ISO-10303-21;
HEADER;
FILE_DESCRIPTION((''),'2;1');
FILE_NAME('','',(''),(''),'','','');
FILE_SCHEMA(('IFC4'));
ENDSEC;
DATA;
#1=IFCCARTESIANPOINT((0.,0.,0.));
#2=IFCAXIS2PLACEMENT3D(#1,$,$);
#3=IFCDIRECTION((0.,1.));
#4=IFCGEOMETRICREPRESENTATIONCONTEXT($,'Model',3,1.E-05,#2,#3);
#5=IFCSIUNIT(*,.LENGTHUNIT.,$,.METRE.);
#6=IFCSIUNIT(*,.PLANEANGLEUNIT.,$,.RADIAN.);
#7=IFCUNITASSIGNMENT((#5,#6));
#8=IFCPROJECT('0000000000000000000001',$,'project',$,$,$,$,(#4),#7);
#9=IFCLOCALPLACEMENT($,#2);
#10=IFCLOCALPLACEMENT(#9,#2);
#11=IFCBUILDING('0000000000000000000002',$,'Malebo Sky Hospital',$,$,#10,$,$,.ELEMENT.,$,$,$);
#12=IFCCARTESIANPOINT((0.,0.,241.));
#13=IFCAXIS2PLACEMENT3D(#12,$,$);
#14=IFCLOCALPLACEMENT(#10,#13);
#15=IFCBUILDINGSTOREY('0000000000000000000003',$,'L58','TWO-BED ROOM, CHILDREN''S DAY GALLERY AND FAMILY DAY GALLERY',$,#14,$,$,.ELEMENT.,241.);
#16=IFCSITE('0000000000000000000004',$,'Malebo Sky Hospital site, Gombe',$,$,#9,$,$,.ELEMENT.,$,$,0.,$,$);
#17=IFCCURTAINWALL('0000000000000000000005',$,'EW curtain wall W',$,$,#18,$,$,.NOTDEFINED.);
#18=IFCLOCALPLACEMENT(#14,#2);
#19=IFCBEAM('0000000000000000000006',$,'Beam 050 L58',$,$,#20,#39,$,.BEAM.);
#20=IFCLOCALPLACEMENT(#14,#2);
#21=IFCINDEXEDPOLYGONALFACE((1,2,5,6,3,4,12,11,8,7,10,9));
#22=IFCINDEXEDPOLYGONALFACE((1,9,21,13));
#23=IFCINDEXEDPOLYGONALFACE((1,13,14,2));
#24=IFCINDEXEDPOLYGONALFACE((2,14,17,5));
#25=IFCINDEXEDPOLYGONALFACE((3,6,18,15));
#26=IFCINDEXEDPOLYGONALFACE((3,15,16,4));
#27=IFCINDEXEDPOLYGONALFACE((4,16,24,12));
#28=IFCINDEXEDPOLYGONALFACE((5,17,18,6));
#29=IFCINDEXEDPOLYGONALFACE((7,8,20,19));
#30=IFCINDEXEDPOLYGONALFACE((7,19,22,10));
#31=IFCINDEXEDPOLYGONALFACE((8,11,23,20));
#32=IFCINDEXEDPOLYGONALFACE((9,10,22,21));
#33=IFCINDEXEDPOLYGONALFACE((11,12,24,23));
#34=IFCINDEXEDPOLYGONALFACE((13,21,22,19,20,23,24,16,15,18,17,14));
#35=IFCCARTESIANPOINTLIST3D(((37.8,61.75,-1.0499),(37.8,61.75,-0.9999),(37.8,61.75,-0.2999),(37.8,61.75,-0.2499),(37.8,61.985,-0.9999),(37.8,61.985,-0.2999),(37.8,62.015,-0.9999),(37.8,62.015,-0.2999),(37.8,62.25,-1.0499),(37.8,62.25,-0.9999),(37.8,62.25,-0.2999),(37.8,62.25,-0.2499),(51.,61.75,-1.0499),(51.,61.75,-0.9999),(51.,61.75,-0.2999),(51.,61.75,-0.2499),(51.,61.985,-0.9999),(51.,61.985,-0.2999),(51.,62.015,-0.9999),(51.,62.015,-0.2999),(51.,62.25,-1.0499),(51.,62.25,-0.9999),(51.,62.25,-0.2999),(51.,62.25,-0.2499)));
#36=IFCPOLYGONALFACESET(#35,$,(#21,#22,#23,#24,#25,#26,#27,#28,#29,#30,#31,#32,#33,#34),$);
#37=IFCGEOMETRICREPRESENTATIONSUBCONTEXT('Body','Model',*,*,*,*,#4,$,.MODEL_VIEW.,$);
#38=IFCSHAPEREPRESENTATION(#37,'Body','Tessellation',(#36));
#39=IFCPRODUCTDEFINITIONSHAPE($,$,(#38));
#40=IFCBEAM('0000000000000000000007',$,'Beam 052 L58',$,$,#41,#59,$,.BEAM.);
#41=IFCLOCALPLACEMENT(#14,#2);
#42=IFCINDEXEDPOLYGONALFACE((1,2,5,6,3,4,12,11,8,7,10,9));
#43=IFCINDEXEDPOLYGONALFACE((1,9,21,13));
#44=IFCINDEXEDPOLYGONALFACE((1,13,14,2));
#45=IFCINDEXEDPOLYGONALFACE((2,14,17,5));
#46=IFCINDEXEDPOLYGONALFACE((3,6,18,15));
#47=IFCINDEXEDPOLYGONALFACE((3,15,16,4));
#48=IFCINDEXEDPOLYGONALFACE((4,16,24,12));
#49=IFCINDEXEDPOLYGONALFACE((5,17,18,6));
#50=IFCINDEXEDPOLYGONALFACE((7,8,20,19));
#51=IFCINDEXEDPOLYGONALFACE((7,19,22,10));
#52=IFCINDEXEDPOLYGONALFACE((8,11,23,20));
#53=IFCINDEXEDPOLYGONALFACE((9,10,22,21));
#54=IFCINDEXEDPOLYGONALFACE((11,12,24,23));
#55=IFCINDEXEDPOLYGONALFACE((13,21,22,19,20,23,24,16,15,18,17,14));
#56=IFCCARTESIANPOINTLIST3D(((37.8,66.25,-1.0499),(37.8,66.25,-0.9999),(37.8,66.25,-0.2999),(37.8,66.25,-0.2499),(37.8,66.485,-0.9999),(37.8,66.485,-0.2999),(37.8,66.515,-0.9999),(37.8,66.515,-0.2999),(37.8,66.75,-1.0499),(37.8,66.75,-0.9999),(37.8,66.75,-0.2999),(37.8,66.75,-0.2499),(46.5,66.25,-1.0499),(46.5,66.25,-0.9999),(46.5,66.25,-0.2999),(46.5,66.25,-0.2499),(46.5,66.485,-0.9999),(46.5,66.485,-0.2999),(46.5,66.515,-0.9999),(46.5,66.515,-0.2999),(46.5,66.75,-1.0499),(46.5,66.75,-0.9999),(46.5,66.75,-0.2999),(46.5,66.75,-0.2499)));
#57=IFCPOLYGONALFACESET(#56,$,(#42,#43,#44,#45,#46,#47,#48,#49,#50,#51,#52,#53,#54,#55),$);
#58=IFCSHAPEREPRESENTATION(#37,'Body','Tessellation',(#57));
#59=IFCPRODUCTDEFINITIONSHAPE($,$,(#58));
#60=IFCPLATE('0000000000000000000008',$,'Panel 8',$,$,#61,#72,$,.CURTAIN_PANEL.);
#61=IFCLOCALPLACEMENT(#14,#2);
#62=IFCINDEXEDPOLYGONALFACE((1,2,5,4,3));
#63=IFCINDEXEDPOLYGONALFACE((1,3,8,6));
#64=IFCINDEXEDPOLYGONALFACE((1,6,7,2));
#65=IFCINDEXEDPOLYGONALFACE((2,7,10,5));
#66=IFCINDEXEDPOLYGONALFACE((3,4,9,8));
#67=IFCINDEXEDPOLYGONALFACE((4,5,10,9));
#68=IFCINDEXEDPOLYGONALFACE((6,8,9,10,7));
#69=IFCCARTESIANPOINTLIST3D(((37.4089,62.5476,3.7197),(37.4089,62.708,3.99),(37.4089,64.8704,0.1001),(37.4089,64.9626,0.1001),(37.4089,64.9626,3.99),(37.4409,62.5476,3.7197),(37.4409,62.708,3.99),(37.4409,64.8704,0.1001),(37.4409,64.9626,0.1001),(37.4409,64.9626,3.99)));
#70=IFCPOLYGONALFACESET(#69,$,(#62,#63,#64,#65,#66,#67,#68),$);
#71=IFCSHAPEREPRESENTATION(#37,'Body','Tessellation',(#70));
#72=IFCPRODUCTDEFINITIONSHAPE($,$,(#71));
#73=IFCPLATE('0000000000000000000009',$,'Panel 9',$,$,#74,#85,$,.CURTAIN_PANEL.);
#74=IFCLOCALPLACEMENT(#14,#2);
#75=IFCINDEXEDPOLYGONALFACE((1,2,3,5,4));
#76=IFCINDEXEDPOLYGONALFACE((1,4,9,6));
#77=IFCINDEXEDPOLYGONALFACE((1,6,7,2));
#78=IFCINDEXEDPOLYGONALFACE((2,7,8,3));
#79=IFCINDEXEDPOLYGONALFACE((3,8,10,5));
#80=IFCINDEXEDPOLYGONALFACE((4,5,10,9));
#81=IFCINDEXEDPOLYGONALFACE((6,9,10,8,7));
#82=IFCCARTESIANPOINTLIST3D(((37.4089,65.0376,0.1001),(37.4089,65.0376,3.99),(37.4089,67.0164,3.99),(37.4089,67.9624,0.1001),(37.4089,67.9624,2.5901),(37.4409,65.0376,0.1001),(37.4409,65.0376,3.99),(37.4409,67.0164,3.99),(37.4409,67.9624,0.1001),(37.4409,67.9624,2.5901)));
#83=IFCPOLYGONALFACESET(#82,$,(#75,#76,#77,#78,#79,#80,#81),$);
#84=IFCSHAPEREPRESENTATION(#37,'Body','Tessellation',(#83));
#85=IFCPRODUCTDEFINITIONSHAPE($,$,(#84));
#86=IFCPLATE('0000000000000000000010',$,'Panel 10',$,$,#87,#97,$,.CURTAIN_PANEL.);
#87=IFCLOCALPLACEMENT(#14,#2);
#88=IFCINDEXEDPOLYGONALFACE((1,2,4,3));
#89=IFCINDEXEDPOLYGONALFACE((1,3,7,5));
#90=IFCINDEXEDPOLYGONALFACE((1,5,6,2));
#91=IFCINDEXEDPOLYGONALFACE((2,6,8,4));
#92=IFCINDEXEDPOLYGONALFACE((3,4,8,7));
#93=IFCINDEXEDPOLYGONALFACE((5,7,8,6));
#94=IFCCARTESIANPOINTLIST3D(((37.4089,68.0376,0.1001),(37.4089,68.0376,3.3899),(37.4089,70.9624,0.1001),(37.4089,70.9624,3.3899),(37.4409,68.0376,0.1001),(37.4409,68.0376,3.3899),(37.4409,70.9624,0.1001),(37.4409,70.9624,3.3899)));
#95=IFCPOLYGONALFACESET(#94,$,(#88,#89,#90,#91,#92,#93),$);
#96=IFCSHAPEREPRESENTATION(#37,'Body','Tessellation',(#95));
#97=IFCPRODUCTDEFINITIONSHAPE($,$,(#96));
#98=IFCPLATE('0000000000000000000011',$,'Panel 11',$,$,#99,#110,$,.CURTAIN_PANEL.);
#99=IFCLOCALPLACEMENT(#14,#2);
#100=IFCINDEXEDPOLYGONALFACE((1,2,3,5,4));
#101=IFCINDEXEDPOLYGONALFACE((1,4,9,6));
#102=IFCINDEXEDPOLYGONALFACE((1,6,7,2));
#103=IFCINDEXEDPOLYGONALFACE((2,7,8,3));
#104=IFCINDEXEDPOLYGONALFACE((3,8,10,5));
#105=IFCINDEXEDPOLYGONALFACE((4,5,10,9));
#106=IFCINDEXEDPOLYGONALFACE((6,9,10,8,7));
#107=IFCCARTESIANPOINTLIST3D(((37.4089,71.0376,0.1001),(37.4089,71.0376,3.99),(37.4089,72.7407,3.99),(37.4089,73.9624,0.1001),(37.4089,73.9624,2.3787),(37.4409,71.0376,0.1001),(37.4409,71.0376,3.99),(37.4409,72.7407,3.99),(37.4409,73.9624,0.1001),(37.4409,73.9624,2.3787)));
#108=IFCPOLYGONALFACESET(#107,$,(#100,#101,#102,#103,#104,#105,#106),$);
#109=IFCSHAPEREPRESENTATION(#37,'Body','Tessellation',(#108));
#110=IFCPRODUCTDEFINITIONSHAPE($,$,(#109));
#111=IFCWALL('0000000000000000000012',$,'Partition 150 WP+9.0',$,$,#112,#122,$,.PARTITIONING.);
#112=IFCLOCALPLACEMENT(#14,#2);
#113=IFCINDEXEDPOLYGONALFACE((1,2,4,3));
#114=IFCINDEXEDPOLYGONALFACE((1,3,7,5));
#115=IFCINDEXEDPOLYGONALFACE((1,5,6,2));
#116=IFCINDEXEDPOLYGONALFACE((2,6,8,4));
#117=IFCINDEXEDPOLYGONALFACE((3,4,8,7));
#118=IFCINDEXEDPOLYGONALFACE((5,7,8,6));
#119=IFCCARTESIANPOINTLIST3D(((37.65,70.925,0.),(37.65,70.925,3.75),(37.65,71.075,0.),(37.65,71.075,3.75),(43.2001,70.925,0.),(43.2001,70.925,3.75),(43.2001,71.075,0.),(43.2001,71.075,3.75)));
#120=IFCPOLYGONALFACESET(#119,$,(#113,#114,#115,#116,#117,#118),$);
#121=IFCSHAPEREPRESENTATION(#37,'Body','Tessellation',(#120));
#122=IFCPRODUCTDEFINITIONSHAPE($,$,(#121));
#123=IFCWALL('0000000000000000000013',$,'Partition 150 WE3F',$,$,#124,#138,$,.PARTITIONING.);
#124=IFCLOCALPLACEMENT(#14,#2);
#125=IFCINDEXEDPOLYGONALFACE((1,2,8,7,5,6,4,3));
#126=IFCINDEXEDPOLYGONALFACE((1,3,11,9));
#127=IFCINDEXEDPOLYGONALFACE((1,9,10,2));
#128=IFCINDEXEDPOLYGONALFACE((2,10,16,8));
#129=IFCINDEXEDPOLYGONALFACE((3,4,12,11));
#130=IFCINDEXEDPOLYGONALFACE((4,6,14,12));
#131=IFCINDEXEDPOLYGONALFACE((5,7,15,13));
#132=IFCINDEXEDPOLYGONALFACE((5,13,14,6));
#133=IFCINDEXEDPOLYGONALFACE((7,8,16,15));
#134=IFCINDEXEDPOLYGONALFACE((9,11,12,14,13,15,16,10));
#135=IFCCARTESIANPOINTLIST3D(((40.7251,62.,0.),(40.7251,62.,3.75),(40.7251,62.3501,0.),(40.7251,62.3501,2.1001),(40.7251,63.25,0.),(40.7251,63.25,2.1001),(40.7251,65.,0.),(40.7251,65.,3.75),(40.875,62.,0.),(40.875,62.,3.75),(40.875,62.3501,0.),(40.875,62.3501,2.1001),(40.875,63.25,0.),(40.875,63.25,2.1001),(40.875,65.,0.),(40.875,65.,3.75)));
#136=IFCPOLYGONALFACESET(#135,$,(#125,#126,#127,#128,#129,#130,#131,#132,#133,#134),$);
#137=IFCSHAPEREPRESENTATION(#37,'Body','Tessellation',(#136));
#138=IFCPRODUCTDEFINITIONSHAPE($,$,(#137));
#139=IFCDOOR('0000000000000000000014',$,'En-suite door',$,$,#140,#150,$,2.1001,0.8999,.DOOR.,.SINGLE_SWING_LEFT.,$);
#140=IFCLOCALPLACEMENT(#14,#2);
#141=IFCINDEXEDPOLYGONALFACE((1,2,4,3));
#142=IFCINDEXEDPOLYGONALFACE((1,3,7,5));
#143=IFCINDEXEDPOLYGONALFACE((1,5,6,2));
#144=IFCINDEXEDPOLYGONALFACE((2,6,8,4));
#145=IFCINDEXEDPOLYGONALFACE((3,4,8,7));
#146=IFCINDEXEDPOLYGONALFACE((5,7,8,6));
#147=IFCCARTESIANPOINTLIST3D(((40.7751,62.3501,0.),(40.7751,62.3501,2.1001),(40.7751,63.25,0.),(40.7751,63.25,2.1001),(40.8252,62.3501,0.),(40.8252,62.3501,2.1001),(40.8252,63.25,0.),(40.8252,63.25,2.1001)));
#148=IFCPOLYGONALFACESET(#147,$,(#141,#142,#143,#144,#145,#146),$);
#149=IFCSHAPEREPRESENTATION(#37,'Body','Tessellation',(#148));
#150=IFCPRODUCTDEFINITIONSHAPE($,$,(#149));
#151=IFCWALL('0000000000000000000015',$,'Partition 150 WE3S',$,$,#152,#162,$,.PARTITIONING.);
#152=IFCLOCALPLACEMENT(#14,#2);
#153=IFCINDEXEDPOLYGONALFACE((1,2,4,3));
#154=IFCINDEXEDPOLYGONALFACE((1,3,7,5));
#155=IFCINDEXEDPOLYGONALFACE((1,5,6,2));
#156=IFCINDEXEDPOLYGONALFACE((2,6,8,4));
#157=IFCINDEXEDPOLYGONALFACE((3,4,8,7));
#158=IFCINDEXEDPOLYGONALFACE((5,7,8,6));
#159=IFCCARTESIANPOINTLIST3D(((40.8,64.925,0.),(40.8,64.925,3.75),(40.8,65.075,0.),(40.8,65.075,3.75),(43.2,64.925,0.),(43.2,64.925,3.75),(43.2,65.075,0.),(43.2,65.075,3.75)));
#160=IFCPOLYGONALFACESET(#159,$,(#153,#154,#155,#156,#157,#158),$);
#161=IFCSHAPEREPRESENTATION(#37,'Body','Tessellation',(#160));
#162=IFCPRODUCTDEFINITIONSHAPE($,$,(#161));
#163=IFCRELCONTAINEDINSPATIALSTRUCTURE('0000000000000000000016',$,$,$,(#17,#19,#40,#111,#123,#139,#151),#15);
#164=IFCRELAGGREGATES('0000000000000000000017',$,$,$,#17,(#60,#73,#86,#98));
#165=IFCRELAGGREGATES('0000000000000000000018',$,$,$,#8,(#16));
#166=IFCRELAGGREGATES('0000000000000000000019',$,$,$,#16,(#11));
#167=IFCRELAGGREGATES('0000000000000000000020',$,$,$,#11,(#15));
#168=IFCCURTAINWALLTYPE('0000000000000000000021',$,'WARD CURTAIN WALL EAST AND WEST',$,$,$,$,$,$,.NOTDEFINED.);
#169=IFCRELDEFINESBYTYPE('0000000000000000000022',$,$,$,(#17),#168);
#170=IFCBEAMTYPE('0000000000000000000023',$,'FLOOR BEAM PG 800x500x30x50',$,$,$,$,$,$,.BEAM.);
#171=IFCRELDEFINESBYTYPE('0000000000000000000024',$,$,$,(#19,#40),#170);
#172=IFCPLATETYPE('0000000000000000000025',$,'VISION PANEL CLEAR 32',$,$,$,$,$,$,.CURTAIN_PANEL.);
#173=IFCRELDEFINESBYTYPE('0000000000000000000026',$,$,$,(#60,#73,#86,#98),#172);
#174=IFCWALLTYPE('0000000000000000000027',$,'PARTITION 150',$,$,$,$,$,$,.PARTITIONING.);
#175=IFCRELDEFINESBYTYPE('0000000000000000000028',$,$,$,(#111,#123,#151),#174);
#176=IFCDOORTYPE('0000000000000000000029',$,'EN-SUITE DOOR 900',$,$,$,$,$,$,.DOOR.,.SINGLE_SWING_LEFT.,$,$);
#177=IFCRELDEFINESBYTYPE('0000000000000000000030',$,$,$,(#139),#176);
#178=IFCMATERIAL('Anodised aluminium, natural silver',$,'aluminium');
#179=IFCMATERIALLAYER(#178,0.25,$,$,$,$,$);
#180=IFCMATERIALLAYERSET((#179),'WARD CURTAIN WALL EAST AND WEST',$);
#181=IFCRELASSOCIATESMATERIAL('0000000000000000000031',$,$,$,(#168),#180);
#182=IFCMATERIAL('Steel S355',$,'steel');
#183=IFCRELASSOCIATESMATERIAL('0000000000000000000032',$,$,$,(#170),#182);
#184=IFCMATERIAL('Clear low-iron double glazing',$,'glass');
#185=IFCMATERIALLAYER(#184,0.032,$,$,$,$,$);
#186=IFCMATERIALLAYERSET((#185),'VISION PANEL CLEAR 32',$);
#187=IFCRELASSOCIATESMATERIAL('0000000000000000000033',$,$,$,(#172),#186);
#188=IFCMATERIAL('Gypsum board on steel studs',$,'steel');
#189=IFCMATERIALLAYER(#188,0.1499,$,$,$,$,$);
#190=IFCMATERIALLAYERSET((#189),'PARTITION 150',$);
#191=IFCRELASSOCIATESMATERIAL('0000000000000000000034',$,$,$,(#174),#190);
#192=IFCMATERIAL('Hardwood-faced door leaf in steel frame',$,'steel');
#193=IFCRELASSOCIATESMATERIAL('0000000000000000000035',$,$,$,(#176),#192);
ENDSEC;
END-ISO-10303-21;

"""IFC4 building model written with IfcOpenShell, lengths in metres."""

from ifc_helpers import new_model, si_unit, direction, frame, frame_2d, origin, origin_2d, place, context, subcontext, project, spatial, polyline, rectangle, i_section, outline, extrude, material, layer, layer_set, material_profile, profile_set, type_object, element, fill, aggregate, save


model = new_model("IFC4")

# Units and contexts
model_context = context("Model", 3, precision=1e-05, world=origin(), true_north=direction((0.0, 1.0)))
body_context = subcontext(model_context, "Body", "Model", "MODEL_VIEW")
ifc_project = project(units=[si_unit("LENGTHUNIT", "METRE"), si_unit("PLANEANGLEUNIT", "RADIAN")], contexts=[model_context])

# Site, building, storey
site_placement = place(None, origin())
site = spatial("IfcSite", under=ifc_project, at=site_placement, Name="Malebo Sky Hospital site, Gombe", CompositionType="ELEMENT", RefElevation=0.0)
building_placement = place(site_placement, origin())
building = spatial("IfcBuilding", under=site, at=building_placement, Name="Malebo Sky Hospital", CompositionType="ELEMENT")
storey_placement = place(building_placement, frame((0.0, 0.0, 241.0)))
storey = spatial("IfcBuildingStorey", under=building, at=storey_placement, Name="L58", Description="TWO-BED ROOM, CHILDREN'S DAY GALLERY AND FAMILY DAY GALLERY", CompositionType="ELEMENT", Elevation=241.0)

# Curtain wall
ifc_material_1 = material(Name="Anodised aluminium, natural silver", Category="aluminium")
ifc_layer_1 = layer(ifc_material_1, 0.25)
ifc_layer_set_1 = layer_set([ifc_layer_1], Name="WARD CURTAIN WALL EAST AND WEST")
curtain_wall_type = type_object("IfcCurtainWallType", Name="WARD CURTAIN WALL EAST AND WEST", PredefinedType="NOTDEFINED", material=ifc_layer_set_1)
curtain_wall_placement = place(storey_placement, origin())
curtain_wall = element("IfcCurtainWall", 1, at=curtain_wall_placement, inside=storey, type_object=curtain_wall_type, Name="EW curtain wall W", PredefinedType="NOTDEFINED")

# Shared definitions
ifc_material_2 = material(Name="Steel S355", Category="steel")

# Beams
ifc_material_profile_1 = material_profile(ifc_material_2, i_section(OverallWidth=0.5, OverallDepth=0.8, WebThickness=0.03, FlangeThickness=0.05, at=origin_2d()), Name="PG 800x500x30x50")
ifc_profile_set_1 = profile_set([ifc_material_profile_1], Name="Steel S355")
beam_type_1 = type_object("IfcBeamType", Name="FLOOR BEAM PG 800x500x30x50", PredefinedType="BEAM", material=ifc_profile_set_1)
beam_1_placement = place(storey_placement, frame((37.8, 62.0, -0.6499), z_axis=(1.0, 0.0, 0.0), x_axis=(0.0, 1.0, 0.0)))
element("IfcBeam", 2, at=beam_1_placement, inside=storey, type_object=beam_type_1, Name="Beam 050 L58", PredefinedType="BEAM", context=body_context, shape_type="SweptSolid", body=[
    extrude(i_section(OverallWidth=0.5, OverallDepth=0.8, WebThickness=0.03, FlangeThickness=0.05, at=origin_2d()), origin(), (0.0, 0.0, 1.0), 13.2),
])
beam_2_placement = place(storey_placement, frame((37.8, 66.5, -0.6499), z_axis=(1.0, 0.0, 0.0), x_axis=(0.0, 1.0, 0.0)))
element("IfcBeam", 3, at=beam_2_placement, inside=storey, type_object=beam_type_1, Name="Beam 052 L58", PredefinedType="BEAM", context=body_context, shape_type="SweptSolid", body=[
    extrude(i_section(OverallWidth=0.5, OverallDepth=0.8, WebThickness=0.03, FlangeThickness=0.05, at=origin_2d()), origin(), (0.0, 0.0, 1.0), 8.7),
])

# Plates
ifc_material_3 = material(Name="Clear low-iron double glazing", Category="glass")
ifc_layer_2 = layer(ifc_material_3, 0.032)
ifc_layer_set_2 = layer_set([ifc_layer_2], Name="VISION PANEL CLEAR 32")
plate_type = type_object("IfcPlateType", Name="VISION PANEL CLEAR 32", PredefinedType="CURTAIN_PANEL", material=ifc_layer_set_2)
plate_1_placement = place(storey_placement, frame((37.425, 63.7551, 0.1001), z_axis=(0.0, 0.0, 1.0), x_axis=(0.0, 1.0, 0.0)))
plate_1 = element("IfcPlate", 4, at=plate_1_placement, type_object=plate_type, Name="Panel 8", PredefinedType="CURTAIN_PANEL", context=body_context, shape_type="SweptSolid", body=[
    extrude(outline(polyline([(1.1152, 0.0), (1.2075, 0.0), (1.2075, 3.8899), (-1.0471, 3.8899), (-1.2075, 3.6196), (1.1152, 0.0)])), frame((0.0, 0.0161, 0.0), z_axis=(0.0, -1.0, 0.0), x_axis=(1.0, 0.0, 0.0)), (0.0, 0.0, 1.0), 0.032),
])
plate_2_placement = place(storey_placement, frame((37.425, 66.5, 0.1001), z_axis=(0.0, 0.0, 1.0), x_axis=(0.0, 1.0, 0.0)))
plate_2 = element("IfcPlate", 5, at=plate_2_placement, type_object=plate_type, Name="Panel 9", PredefinedType="CURTAIN_PANEL", context=body_context, shape_type="SweptSolid", body=[
    extrude(outline(polyline([(-1.4624, 0.0), (1.4624, 0.0), (1.4624, 2.49), (0.5164, 3.8899), (-1.4624, 3.8899), (-1.4624, 0.0)])), frame((0.0, 0.0161, 0.0), z_axis=(0.0, -1.0, 0.0), x_axis=(1.0, 0.0, 0.0)), (0.0, 0.0, 1.0), 0.032),
])
plate_3_placement = place(storey_placement, frame((37.425, 69.5, 0.1001), z_axis=(0.0, 0.0, 1.0), x_axis=(0.0, 1.0, 0.0)))
plate_3 = element("IfcPlate", 6, at=plate_3_placement, type_object=plate_type, Name="Panel 10", PredefinedType="CURTAIN_PANEL", context=body_context, shape_type="SweptSolid", body=[
    extrude(outline(polyline([(-1.4624, 0.0), (1.4624, 0.0), (1.4624, 3.2898), (-1.4624, 3.2898), (-1.4624, 0.0)])), frame((0.0, 0.0161, 0.0), z_axis=(0.0, -1.0, 0.0), x_axis=(1.0, 0.0, 0.0)), (0.0, 0.0, 1.0), 0.032),
])
plate_4_placement = place(storey_placement, frame((37.425, 72.5, 0.1001), z_axis=(0.0, 0.0, 1.0), x_axis=(0.0, 1.0, 0.0)))
plate_4 = element("IfcPlate", 7, at=plate_4_placement, type_object=plate_type, Name="Panel 11", PredefinedType="CURTAIN_PANEL", context=body_context, shape_type="SweptSolid", body=[
    extrude(outline(polyline([(-1.4624, 0.0), (1.4624, 0.0), (1.4624, 2.2786), (0.2407, 3.8899), (-1.4624, 3.8899), (-1.4624, 0.0)])), frame((0.0, 0.0161, 0.0), z_axis=(0.0, -1.0, 0.0), x_axis=(1.0, 0.0, 0.0)), (0.0, 0.0, 1.0), 0.032),
])
aggregate(curtain_wall, [plate_1, plate_2, plate_3, plate_4])

# Wall
ifc_material_4 = material(Name="Gypsum board on steel studs", Category="steel")
ifc_layer_3 = layer(ifc_material_4, 0.1499)
ifc_layer_set_3 = layer_set([ifc_layer_3], Name="PARTITION 150")
wall_type_1 = type_object("IfcWallType", Name="PARTITION 150", PredefinedType="PARTITIONING", material=ifc_layer_set_3)
wall_1_placement = place(storey_placement, frame((43.2, 71.0, 0.0), z_axis=(0.0, 0.0, 1.0), x_axis=(-1.0, 0.0, 0.0)))
element("IfcWall", 8, at=wall_1_placement, inside=storey, type_object=wall_type_1, Name="Partition 150 WP+9.0", PredefinedType="PARTITIONING", context=body_context, shape_type="SweptSolid", body=[
    extrude(rectangle(XDim=5.55, YDim=0.1499, at=frame_2d((2.7749, 0.0))), origin(), (0.0, 0.0, 1.0), 3.75),
])

# Wall, opening, door
wall_2_placement = place(storey_placement, frame((40.8, 62.0, 0.0), z_axis=(0.0, 0.0, 1.0), x_axis=(0.0, 1.0, 0.0)))
wall_2 = element("IfcWall", 9, at=wall_2_placement, inside=storey, type_object=wall_type_1, Name="Partition 150 WE3F", PredefinedType="PARTITIONING", context=body_context, shape_type="SweptSolid", body=[
    extrude(rectangle(XDim=3.0, YDim=0.1499, at=frame_2d((1.5, 0.0))), origin(), (0.0, 0.0, 1.0), 3.75),
])
opening_1_placement = place(wall_2_placement, frame((0.3501, 0.0, 0.0)))
opening_1 = element("IfcOpeningElement", 10, at=opening_1_placement, cuts=wall_2, PredefinedType="OPENING", context=body_context, shape_type="SweptSolid", body=[
    extrude(rectangle(XDim=0.8999, YDim=2.1001, at=frame_2d((0.45, 1.05))), frame((0.0, 0.085, 0.0), z_axis=(0.0, -1.0, 0.0), x_axis=(1.0, 0.0, 0.0)), (0.0, 0.0, 1.0), 0.1699),
])
ifc_material_5 = material(Name="Hardwood-faced door leaf in steel frame", Category="steel")
door_type = type_object("IfcDoorType", Name="EN-SUITE DOOR 900", OperationType="SINGLE_SWING_LEFT", PredefinedType="DOOR", material=ifc_material_5)
door_1_placement = place(opening_1_placement, origin())
door_1 = element("IfcDoor", 11, at=door_1_placement, inside=storey, type_object=door_type, Name="En-suite door", OperationType="SINGLE_SWING_LEFT", OverallHeight=2.1001, OverallWidth=0.8999, PredefinedType="DOOR", context=body_context, shape_type="SweptSolid", body=[
    extrude(rectangle(XDim=0.8999, YDim=2.1001, at=frame_2d((0.45, 1.05))), frame((0.0, 0.0249, 0.0), z_axis=(0.0, -1.0, 0.0), x_axis=(1.0, 0.0, 0.0)), (0.0, 0.0, 1.0), 0.05),
])
fill(opening_1, door_1)

# Wall
wall_3_placement = place(storey_placement, frame((43.2, 65.0, 0.0), z_axis=(0.0, 0.0, 1.0), x_axis=(-1.0, 0.0, 0.0)))
element("IfcWall", 12, at=wall_3_placement, inside=storey, type_object=wall_type_1, Name="Partition 150 WE3S", PredefinedType="PARTITIONING", context=body_context, shape_type="SweptSolid", body=[
    extrude(rectangle(XDim=2.3999, YDim=0.1499, at=frame_2d((1.2, 0.0))), origin(), (0.0, 0.0, 1.0), 3.75),
])

save(model, "model.ifc")
